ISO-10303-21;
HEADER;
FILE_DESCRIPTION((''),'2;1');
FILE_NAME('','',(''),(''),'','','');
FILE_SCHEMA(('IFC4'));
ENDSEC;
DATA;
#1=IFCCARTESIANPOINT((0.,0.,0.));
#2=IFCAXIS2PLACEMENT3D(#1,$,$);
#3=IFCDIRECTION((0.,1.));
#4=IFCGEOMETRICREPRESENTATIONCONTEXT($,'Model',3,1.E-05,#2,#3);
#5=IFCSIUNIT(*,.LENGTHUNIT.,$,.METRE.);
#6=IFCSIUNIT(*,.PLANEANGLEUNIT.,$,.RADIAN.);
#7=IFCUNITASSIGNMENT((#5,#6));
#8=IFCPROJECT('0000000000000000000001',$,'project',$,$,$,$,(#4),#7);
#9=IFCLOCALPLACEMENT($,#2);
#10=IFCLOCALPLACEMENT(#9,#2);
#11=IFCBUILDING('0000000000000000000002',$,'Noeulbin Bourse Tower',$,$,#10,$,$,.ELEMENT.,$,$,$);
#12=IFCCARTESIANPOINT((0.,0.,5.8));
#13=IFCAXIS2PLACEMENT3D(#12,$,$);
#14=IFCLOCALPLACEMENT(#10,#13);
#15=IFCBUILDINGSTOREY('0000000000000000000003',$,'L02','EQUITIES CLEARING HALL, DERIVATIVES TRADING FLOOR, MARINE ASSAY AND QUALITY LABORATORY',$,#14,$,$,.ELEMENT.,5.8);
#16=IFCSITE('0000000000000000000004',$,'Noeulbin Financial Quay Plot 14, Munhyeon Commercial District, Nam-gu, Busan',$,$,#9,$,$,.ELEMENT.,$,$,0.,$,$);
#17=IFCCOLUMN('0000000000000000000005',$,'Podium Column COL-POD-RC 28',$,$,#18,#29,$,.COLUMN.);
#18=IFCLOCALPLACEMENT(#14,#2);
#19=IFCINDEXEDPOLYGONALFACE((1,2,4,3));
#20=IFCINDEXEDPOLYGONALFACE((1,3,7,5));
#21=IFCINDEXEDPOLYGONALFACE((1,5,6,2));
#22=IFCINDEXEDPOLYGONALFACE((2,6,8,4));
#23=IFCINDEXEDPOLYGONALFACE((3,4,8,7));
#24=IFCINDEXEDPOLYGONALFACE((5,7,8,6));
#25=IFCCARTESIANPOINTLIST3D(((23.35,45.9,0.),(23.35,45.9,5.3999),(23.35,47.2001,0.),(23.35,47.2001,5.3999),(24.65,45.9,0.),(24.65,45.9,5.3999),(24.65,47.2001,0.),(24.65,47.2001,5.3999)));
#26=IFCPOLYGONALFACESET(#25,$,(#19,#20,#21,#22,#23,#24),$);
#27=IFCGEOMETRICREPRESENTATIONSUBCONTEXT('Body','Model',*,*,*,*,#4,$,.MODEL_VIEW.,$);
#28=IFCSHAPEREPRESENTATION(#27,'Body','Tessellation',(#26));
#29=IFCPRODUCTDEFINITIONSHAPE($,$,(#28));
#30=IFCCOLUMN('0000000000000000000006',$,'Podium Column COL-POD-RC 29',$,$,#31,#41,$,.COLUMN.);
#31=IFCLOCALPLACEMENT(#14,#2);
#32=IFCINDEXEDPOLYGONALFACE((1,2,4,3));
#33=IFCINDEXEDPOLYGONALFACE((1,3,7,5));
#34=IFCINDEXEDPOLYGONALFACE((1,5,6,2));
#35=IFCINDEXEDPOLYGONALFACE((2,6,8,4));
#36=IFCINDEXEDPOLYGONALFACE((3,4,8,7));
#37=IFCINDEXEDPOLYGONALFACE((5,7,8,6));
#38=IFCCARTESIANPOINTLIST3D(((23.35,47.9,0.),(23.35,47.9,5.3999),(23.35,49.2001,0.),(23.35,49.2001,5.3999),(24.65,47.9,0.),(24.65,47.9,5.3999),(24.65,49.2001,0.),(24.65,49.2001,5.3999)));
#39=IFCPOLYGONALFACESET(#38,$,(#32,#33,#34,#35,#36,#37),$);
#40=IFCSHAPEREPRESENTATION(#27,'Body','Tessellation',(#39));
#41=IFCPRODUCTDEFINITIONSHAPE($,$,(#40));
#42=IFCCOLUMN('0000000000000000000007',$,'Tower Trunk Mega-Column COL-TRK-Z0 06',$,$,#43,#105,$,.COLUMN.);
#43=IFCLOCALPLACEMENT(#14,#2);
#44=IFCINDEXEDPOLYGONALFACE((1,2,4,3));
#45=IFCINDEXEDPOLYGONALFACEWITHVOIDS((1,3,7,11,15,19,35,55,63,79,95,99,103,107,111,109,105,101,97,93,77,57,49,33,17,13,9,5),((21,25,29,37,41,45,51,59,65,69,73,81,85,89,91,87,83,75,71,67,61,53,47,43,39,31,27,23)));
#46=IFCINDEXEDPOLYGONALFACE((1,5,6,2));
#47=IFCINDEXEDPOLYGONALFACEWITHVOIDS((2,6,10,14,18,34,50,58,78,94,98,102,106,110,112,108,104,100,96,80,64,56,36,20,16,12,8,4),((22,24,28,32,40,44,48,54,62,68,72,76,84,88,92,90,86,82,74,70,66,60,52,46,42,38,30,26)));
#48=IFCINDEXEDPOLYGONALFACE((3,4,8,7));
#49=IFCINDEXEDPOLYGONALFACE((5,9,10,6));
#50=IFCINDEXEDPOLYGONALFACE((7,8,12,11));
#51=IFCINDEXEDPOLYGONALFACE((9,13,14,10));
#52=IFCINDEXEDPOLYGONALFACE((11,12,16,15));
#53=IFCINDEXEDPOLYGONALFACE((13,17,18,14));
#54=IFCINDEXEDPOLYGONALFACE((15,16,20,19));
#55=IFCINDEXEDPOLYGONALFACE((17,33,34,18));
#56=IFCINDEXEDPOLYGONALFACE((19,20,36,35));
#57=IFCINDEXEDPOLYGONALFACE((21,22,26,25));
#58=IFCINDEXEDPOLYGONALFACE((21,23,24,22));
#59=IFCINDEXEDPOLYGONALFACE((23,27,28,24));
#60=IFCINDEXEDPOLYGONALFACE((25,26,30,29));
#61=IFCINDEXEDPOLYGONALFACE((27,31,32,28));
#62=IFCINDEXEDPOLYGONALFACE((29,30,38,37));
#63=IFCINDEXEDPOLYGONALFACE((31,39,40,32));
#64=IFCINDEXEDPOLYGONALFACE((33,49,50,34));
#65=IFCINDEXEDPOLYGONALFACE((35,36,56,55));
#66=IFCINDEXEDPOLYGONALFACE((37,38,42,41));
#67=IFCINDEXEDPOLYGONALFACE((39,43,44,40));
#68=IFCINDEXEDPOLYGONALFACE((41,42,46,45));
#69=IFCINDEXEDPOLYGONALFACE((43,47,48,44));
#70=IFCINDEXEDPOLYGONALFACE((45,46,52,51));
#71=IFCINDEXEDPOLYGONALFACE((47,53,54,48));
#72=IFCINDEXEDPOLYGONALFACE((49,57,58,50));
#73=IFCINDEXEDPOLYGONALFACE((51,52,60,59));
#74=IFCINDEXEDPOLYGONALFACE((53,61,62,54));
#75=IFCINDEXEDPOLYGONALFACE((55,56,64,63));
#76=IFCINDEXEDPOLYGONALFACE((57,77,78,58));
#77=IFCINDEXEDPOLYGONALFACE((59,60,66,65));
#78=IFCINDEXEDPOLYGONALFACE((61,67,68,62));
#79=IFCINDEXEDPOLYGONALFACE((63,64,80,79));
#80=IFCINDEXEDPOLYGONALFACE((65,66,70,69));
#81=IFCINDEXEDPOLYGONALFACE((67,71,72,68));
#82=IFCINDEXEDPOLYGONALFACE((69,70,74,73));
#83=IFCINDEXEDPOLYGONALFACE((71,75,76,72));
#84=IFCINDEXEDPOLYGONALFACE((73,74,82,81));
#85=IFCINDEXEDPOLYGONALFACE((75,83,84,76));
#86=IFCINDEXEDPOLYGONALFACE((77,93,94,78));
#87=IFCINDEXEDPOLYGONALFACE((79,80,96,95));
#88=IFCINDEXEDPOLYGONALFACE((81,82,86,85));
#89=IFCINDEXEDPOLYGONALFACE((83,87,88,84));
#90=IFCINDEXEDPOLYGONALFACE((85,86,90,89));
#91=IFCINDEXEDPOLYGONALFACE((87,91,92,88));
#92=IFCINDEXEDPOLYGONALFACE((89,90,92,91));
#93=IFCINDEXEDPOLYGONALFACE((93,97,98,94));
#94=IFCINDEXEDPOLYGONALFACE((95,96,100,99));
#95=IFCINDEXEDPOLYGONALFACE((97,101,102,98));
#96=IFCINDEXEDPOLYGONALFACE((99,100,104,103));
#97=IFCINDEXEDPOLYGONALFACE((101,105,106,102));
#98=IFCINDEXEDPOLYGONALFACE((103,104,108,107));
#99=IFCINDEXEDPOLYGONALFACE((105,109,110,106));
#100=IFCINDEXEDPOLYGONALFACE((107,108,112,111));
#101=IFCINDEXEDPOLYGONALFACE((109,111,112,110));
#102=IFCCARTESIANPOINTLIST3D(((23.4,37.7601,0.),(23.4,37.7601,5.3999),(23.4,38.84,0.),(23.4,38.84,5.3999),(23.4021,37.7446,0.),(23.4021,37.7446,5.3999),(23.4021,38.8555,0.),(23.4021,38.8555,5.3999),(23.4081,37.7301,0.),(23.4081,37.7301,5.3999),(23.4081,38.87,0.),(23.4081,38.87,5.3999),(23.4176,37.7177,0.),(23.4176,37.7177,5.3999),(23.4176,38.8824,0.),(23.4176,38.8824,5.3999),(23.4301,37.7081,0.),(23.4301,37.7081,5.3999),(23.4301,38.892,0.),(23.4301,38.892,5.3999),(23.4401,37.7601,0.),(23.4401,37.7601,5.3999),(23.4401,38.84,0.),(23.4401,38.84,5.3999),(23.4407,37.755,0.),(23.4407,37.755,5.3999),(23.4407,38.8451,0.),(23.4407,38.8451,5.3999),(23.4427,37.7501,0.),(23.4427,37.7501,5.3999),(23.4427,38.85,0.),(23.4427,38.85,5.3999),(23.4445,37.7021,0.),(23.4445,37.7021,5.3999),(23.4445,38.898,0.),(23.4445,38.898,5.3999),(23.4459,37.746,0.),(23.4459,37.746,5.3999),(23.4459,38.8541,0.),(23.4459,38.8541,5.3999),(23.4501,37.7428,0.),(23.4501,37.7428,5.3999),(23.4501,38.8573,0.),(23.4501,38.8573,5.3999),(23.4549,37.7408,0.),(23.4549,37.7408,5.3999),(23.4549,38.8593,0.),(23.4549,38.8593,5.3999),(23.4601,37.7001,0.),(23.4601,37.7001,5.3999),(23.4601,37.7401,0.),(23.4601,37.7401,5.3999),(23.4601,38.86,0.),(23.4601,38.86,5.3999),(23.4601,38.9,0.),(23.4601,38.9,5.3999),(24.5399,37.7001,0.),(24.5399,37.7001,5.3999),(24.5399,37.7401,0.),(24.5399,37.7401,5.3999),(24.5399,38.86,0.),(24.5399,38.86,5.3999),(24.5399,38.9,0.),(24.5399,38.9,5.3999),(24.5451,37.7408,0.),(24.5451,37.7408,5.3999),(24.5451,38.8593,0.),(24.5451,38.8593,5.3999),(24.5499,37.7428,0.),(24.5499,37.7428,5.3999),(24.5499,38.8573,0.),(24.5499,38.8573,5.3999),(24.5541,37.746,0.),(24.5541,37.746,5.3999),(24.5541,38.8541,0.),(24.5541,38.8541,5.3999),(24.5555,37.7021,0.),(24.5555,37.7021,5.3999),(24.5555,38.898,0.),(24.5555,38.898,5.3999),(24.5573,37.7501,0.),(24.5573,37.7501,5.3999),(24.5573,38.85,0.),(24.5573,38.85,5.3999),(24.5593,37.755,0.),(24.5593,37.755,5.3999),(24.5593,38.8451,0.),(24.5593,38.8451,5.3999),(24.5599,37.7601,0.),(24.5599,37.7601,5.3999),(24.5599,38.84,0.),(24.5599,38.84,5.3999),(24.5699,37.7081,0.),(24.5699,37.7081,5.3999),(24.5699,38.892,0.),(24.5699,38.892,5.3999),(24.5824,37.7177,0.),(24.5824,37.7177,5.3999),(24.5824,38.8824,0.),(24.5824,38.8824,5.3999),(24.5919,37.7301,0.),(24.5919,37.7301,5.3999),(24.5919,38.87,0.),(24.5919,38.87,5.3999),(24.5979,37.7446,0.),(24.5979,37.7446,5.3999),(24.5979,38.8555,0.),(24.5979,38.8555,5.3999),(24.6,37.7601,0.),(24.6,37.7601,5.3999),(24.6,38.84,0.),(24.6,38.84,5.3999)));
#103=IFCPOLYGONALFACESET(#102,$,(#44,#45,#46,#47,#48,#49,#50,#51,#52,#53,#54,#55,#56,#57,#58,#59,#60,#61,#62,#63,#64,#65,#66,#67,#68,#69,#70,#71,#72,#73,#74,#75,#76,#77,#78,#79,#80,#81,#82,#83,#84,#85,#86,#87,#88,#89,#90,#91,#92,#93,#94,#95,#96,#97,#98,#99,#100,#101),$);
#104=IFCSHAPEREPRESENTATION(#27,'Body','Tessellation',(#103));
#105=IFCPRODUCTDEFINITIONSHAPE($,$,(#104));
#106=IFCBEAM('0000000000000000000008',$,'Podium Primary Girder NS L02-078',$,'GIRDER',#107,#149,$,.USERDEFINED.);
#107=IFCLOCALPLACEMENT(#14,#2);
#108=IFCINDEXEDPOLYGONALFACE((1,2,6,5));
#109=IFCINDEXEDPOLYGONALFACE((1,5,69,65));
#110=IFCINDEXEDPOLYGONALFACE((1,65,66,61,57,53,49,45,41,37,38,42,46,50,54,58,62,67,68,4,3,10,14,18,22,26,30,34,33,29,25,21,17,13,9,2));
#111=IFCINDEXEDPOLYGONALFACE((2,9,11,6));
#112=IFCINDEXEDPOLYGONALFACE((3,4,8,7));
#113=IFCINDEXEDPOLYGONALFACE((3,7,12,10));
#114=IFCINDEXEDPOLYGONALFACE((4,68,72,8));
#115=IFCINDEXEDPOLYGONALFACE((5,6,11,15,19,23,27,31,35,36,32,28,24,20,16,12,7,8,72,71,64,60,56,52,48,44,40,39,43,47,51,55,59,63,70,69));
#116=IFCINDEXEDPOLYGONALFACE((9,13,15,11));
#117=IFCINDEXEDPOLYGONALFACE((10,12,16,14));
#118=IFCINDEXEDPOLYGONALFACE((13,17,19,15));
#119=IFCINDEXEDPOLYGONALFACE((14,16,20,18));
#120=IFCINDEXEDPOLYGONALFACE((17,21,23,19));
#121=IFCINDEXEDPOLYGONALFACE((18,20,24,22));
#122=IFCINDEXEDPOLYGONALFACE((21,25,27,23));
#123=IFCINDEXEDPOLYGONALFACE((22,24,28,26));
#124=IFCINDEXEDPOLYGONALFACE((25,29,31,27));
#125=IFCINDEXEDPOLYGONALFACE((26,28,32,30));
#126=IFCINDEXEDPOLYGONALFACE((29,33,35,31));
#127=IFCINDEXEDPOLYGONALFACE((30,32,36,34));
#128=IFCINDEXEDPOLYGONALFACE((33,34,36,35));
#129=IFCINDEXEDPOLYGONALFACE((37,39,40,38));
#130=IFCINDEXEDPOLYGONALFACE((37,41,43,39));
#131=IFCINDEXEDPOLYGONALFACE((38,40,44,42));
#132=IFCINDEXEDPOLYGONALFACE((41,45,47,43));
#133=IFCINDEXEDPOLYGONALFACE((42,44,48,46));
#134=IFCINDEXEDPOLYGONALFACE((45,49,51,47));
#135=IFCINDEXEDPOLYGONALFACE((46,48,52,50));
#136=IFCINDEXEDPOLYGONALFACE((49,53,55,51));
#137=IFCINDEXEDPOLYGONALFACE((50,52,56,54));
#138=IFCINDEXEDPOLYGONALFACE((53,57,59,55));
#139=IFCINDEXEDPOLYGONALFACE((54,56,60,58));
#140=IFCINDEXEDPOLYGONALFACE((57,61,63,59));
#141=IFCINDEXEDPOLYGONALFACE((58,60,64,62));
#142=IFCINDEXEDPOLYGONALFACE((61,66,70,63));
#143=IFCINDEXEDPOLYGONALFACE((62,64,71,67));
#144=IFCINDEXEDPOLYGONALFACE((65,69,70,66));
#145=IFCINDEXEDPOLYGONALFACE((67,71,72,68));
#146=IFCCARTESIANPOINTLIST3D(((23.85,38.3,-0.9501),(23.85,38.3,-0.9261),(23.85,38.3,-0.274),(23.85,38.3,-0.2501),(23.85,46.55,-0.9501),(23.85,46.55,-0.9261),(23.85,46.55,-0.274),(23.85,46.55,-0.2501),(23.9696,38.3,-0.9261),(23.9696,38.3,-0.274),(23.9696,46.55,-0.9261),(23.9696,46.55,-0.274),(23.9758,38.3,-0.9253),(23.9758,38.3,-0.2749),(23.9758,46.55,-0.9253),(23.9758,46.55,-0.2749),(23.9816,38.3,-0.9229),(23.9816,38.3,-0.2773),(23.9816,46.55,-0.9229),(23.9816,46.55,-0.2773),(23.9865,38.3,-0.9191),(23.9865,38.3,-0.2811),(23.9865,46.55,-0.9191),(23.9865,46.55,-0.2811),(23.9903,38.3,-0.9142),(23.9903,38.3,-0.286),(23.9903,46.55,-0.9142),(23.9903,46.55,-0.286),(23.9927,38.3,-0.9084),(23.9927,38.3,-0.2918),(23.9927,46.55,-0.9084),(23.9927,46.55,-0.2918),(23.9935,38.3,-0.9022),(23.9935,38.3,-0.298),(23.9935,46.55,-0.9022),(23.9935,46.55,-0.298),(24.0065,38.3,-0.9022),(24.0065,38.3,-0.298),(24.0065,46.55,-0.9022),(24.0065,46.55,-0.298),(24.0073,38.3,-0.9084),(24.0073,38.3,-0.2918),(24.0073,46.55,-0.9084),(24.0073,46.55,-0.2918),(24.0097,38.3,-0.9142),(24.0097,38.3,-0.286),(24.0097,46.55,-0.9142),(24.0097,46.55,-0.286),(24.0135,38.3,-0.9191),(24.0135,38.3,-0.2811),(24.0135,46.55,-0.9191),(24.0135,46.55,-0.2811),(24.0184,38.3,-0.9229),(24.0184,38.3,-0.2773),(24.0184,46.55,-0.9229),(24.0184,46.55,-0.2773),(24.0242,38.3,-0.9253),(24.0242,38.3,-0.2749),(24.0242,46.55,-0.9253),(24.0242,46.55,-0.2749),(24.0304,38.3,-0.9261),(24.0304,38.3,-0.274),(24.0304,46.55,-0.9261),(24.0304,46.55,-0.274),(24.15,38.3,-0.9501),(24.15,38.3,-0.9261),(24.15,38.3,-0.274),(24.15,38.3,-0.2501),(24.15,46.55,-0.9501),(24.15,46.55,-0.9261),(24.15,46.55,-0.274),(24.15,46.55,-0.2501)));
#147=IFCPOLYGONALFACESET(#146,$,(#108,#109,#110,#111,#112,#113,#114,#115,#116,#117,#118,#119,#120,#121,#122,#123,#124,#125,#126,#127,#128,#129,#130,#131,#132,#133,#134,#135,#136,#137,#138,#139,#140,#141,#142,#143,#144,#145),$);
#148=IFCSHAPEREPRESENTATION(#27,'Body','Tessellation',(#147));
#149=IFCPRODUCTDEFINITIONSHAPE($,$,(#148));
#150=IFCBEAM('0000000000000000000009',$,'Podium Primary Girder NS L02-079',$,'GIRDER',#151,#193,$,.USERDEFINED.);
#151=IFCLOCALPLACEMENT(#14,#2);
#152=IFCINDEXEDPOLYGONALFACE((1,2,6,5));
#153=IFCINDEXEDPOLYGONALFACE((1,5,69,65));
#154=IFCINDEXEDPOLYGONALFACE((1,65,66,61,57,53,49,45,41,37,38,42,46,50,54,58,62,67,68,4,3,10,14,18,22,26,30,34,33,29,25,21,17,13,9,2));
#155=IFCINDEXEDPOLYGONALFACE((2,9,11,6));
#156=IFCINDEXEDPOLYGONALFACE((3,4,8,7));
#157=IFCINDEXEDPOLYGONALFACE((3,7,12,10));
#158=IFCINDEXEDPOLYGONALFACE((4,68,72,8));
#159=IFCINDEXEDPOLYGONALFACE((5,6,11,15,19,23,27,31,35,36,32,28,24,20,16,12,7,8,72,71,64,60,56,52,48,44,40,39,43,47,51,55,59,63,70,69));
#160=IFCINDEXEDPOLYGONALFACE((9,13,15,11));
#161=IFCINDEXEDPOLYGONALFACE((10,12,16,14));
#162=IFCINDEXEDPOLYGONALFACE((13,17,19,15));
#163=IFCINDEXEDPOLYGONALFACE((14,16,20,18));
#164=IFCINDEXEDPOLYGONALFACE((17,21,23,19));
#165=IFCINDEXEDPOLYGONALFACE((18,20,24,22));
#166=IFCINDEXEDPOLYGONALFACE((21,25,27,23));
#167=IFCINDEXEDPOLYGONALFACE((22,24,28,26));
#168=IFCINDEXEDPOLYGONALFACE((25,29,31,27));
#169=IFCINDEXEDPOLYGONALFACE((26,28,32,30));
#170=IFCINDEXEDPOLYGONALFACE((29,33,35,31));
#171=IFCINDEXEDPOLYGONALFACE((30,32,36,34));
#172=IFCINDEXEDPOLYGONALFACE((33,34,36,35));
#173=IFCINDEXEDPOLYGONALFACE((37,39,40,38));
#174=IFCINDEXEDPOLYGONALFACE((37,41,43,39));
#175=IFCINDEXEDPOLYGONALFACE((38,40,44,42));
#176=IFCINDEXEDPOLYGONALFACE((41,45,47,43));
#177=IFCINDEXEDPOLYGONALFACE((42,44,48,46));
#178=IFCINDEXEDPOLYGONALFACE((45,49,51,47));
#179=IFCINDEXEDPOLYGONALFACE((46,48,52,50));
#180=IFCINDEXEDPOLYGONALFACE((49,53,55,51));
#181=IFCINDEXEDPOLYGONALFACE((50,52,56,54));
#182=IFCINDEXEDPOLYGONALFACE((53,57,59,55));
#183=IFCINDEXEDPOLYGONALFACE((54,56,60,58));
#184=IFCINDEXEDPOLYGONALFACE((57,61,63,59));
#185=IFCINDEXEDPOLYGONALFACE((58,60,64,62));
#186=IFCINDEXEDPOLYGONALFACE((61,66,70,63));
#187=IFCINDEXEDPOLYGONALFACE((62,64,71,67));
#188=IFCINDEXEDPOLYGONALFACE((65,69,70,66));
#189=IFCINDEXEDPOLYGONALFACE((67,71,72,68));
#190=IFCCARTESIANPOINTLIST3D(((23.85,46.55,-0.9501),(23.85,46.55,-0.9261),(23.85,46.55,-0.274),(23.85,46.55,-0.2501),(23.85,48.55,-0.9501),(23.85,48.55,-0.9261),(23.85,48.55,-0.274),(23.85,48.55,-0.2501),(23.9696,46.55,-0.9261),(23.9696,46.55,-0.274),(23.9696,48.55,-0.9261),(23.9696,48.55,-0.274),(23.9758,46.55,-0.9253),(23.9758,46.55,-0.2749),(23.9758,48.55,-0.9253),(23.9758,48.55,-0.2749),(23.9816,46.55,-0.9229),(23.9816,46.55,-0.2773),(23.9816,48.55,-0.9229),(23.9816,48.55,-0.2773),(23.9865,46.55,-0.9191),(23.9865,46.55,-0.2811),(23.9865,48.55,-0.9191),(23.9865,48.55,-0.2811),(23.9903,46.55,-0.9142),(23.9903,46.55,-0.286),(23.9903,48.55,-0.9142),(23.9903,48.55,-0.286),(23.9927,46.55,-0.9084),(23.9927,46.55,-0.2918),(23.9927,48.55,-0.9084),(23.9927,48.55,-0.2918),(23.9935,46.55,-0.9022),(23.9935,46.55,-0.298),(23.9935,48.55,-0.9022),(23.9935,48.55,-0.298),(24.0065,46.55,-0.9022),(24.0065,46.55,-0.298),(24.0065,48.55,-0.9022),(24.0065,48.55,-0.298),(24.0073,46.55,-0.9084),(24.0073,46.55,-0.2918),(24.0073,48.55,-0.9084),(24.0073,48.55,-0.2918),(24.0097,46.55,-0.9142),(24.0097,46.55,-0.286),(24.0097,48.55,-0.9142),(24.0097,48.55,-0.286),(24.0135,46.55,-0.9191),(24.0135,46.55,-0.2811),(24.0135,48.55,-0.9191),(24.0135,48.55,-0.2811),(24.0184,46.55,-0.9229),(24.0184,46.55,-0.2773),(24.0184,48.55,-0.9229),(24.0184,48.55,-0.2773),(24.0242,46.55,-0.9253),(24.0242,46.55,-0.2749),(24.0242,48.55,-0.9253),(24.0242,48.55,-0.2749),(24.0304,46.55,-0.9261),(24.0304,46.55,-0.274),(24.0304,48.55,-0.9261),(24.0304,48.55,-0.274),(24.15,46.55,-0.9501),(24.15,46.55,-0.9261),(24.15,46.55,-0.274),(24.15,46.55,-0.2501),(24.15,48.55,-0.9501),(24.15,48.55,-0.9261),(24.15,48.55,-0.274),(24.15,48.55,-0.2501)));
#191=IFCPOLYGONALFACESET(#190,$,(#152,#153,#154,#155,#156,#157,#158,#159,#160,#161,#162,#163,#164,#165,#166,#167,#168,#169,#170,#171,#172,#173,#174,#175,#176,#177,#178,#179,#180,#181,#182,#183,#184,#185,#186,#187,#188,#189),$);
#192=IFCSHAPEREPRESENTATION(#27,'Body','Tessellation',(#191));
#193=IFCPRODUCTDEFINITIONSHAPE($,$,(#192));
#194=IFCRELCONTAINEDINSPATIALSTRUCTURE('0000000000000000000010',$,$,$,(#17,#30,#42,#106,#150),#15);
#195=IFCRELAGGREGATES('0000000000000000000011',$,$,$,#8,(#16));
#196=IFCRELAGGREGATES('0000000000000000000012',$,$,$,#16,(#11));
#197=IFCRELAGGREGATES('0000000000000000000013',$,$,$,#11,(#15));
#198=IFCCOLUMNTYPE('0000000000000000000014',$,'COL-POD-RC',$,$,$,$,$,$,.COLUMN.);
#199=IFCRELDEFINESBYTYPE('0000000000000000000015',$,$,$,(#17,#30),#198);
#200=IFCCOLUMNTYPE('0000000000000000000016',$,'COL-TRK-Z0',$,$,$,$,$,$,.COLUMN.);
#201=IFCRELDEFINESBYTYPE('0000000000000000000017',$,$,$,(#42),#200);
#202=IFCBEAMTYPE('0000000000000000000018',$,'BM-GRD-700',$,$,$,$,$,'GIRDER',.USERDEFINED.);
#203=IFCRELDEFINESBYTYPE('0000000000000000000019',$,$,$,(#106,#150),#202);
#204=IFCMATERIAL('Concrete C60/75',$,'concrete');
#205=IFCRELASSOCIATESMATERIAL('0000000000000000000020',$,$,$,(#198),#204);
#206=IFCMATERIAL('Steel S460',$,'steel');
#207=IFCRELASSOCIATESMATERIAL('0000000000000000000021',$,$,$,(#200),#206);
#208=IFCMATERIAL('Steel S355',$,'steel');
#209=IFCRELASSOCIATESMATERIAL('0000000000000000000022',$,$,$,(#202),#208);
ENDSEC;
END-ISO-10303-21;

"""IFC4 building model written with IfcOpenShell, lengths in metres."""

from ifc_helpers import new_model, si_unit, direction, frame, origin, origin_2d, place, context, subcontext, project, spatial, rectangle, hollow_rectangle, i_section, extrude, material, material_profile, profile_set, type_object, element, save


model = new_model("IFC4")

# Units and contexts
model_context = context("Model", 3, precision=1e-05, world=origin(), true_north=direction((0.0, 1.0)))
body_context = subcontext(model_context, "Body", "Model", "MODEL_VIEW")
ifc_project = project(units=[si_unit("LENGTHUNIT", "METRE"), si_unit("PLANEANGLEUNIT", "RADIAN")], contexts=[model_context])

# Site, building, storey
site_placement = place(None, origin())
site = spatial("IfcSite", under=ifc_project, at=site_placement, Name="Noeulbin Financial Quay Plot 14, Munhyeon Commercial District, Nam-gu, Busan", CompositionType="ELEMENT", RefElevation=0.0)
building_placement = place(site_placement, origin())
building = spatial("IfcBuilding", under=site, at=building_placement, Name="Noeulbin Bourse Tower", CompositionType="ELEMENT")
storey_placement = place(building_placement, frame((0.0, 0.0, 5.8)))
storey = spatial("IfcBuildingStorey", under=building, at=storey_placement, Name="L02", Description="EQUITIES CLEARING HALL, DERIVATIVES TRADING FLOOR, MARINE ASSAY AND QUALITY LABORATORY", CompositionType="ELEMENT", Elevation=5.8)

# Columns
ifc_material_1 = material(Name="Concrete C60/75", Category="concrete")
ifc_material_profile_1 = material_profile(ifc_material_1, rectangle(XDim=1.3, YDim=1.3, at=origin_2d()), Name="RC-COL-1300x1300", Category="LoadBearing")
ifc_profile_set_1 = profile_set([ifc_material_profile_1], Name="Concrete C60/75")
column_type_1 = type_object("IfcColumnType", Name="COL-POD-RC", PredefinedType="COLUMN", material=ifc_profile_set_1)
for number, where, z_axis, x_axis, name in (
    (1, (24.0, 46.55, 0.0), (0.0, 0.0, 1.0), (1.0, 0.0, 0.0), "Podium Column COL-POD-RC 28"),
    (2, (24.0, 48.55, 0.0), (0.0, 0.0, 1.0), (1.0, 0.0, 0.0), "Podium Column COL-POD-RC 29"),
):
    element("IfcColumn", number, at=place(storey_placement, frame(where, z_axis=z_axis, x_axis=x_axis)), inside=storey, type_object=column_type_1, Name=name, PredefinedType="COLUMN", context=body_context, shape_type="SweptSolid", body=[
        extrude(rectangle(XDim=1.3, YDim=1.3, at=origin_2d()), origin(), (0.0, 0.0, 1.0), 5.3999),
    ])
ifc_material_2 = material(Name="Steel S460", Category="steel")
ifc_material_profile_2 = material_profile(ifc_material_2, hollow_rectangle(XDim=1.2, YDim=1.2, WallThickness=0.04, InnerFilletRadius=0.02, OuterFilletRadius=0.0601, at=origin_2d()), Name="BOX-1200x1200x40", Category="LoadBearing")
ifc_profile_set_2 = profile_set([ifc_material_profile_2], Name="Steel S460")
column_type_2 = type_object("IfcColumnType", Name="COL-TRK-Z0", PredefinedType="COLUMN", material=ifc_profile_set_2)
column_placement = place(storey_placement, frame((24.0, 38.3, 0.0), z_axis=(0.0, 0.0, 1.0), x_axis=(1.0, 0.0, 0.0)))
element("IfcColumn", 3, at=column_placement, inside=storey, type_object=column_type_2, Name="Tower Trunk Mega-Column COL-TRK-Z0 06", PredefinedType="COLUMN", context=body_context, shape_type="SweptSolid", body=[
    extrude(hollow_rectangle(XDim=1.2, YDim=1.2, WallThickness=0.04, InnerFilletRadius=0.02, OuterFilletRadius=0.0601, at=origin_2d()), origin(), (0.0, 0.0, 1.0), 5.3999),
])

# Beams
ifc_material_3 = material(Name="Steel S355", Category="steel")
ifc_material_profile_3 = material_profile(ifc_material_3, i_section(OverallWidth=0.3, OverallDepth=0.7, WebThickness=0.0129, FlangeThickness=0.0239, FilletRadius=0.0239, at=origin_2d()), Name="H-700x300x13x24", Category="LoadBearing")
ifc_profile_set_3 = profile_set([ifc_material_profile_3], Name="Steel S355")
beam_type_1 = type_object("IfcBeamType", Name="BM-GRD-700", ElementType="GIRDER", PredefinedType="USERDEFINED", material=ifc_profile_set_3)
beam_1_placement = place(storey_placement, frame((24.0, 38.3, -0.6001), z_axis=(0.0, 1.0, 0.0), x_axis=(-1.0, 0.0, 0.0)))
element("IfcBeam", 4, at=beam_1_placement, inside=storey, type_object=beam_type_1, Name="Podium Primary Girder NS L02-078", ObjectType="GIRDER", PredefinedType="USERDEFINED", context=body_context, shape_type="SweptSolid", body=[
    extrude(i_section(OverallWidth=0.3, OverallDepth=0.7, WebThickness=0.0129, FlangeThickness=0.0239, FilletRadius=0.0239, at=origin_2d()), origin(), (0.0, 0.0, 1.0), 8.25),
])
beam_2_placement = place(storey_placement, frame((24.0, 46.55, -0.6001), z_axis=(0.0, 1.0, 0.0), x_axis=(-1.0, 0.0, 0.0)))
element("IfcBeam", 5, at=beam_2_placement, inside=storey, type_object=beam_type_1, Name="Podium Primary Girder NS L02-079", ObjectType="GIRDER", PredefinedType="USERDEFINED", context=body_context, shape_type="SweptSolid", body=[
    extrude(i_section(OverallWidth=0.3, OverallDepth=0.7, WebThickness=0.0129, FlangeThickness=0.0239, FilletRadius=0.0239, at=origin_2d()), origin(), (0.0, 0.0, 1.0), 2.0),
])

save(model, "model.ifc")
